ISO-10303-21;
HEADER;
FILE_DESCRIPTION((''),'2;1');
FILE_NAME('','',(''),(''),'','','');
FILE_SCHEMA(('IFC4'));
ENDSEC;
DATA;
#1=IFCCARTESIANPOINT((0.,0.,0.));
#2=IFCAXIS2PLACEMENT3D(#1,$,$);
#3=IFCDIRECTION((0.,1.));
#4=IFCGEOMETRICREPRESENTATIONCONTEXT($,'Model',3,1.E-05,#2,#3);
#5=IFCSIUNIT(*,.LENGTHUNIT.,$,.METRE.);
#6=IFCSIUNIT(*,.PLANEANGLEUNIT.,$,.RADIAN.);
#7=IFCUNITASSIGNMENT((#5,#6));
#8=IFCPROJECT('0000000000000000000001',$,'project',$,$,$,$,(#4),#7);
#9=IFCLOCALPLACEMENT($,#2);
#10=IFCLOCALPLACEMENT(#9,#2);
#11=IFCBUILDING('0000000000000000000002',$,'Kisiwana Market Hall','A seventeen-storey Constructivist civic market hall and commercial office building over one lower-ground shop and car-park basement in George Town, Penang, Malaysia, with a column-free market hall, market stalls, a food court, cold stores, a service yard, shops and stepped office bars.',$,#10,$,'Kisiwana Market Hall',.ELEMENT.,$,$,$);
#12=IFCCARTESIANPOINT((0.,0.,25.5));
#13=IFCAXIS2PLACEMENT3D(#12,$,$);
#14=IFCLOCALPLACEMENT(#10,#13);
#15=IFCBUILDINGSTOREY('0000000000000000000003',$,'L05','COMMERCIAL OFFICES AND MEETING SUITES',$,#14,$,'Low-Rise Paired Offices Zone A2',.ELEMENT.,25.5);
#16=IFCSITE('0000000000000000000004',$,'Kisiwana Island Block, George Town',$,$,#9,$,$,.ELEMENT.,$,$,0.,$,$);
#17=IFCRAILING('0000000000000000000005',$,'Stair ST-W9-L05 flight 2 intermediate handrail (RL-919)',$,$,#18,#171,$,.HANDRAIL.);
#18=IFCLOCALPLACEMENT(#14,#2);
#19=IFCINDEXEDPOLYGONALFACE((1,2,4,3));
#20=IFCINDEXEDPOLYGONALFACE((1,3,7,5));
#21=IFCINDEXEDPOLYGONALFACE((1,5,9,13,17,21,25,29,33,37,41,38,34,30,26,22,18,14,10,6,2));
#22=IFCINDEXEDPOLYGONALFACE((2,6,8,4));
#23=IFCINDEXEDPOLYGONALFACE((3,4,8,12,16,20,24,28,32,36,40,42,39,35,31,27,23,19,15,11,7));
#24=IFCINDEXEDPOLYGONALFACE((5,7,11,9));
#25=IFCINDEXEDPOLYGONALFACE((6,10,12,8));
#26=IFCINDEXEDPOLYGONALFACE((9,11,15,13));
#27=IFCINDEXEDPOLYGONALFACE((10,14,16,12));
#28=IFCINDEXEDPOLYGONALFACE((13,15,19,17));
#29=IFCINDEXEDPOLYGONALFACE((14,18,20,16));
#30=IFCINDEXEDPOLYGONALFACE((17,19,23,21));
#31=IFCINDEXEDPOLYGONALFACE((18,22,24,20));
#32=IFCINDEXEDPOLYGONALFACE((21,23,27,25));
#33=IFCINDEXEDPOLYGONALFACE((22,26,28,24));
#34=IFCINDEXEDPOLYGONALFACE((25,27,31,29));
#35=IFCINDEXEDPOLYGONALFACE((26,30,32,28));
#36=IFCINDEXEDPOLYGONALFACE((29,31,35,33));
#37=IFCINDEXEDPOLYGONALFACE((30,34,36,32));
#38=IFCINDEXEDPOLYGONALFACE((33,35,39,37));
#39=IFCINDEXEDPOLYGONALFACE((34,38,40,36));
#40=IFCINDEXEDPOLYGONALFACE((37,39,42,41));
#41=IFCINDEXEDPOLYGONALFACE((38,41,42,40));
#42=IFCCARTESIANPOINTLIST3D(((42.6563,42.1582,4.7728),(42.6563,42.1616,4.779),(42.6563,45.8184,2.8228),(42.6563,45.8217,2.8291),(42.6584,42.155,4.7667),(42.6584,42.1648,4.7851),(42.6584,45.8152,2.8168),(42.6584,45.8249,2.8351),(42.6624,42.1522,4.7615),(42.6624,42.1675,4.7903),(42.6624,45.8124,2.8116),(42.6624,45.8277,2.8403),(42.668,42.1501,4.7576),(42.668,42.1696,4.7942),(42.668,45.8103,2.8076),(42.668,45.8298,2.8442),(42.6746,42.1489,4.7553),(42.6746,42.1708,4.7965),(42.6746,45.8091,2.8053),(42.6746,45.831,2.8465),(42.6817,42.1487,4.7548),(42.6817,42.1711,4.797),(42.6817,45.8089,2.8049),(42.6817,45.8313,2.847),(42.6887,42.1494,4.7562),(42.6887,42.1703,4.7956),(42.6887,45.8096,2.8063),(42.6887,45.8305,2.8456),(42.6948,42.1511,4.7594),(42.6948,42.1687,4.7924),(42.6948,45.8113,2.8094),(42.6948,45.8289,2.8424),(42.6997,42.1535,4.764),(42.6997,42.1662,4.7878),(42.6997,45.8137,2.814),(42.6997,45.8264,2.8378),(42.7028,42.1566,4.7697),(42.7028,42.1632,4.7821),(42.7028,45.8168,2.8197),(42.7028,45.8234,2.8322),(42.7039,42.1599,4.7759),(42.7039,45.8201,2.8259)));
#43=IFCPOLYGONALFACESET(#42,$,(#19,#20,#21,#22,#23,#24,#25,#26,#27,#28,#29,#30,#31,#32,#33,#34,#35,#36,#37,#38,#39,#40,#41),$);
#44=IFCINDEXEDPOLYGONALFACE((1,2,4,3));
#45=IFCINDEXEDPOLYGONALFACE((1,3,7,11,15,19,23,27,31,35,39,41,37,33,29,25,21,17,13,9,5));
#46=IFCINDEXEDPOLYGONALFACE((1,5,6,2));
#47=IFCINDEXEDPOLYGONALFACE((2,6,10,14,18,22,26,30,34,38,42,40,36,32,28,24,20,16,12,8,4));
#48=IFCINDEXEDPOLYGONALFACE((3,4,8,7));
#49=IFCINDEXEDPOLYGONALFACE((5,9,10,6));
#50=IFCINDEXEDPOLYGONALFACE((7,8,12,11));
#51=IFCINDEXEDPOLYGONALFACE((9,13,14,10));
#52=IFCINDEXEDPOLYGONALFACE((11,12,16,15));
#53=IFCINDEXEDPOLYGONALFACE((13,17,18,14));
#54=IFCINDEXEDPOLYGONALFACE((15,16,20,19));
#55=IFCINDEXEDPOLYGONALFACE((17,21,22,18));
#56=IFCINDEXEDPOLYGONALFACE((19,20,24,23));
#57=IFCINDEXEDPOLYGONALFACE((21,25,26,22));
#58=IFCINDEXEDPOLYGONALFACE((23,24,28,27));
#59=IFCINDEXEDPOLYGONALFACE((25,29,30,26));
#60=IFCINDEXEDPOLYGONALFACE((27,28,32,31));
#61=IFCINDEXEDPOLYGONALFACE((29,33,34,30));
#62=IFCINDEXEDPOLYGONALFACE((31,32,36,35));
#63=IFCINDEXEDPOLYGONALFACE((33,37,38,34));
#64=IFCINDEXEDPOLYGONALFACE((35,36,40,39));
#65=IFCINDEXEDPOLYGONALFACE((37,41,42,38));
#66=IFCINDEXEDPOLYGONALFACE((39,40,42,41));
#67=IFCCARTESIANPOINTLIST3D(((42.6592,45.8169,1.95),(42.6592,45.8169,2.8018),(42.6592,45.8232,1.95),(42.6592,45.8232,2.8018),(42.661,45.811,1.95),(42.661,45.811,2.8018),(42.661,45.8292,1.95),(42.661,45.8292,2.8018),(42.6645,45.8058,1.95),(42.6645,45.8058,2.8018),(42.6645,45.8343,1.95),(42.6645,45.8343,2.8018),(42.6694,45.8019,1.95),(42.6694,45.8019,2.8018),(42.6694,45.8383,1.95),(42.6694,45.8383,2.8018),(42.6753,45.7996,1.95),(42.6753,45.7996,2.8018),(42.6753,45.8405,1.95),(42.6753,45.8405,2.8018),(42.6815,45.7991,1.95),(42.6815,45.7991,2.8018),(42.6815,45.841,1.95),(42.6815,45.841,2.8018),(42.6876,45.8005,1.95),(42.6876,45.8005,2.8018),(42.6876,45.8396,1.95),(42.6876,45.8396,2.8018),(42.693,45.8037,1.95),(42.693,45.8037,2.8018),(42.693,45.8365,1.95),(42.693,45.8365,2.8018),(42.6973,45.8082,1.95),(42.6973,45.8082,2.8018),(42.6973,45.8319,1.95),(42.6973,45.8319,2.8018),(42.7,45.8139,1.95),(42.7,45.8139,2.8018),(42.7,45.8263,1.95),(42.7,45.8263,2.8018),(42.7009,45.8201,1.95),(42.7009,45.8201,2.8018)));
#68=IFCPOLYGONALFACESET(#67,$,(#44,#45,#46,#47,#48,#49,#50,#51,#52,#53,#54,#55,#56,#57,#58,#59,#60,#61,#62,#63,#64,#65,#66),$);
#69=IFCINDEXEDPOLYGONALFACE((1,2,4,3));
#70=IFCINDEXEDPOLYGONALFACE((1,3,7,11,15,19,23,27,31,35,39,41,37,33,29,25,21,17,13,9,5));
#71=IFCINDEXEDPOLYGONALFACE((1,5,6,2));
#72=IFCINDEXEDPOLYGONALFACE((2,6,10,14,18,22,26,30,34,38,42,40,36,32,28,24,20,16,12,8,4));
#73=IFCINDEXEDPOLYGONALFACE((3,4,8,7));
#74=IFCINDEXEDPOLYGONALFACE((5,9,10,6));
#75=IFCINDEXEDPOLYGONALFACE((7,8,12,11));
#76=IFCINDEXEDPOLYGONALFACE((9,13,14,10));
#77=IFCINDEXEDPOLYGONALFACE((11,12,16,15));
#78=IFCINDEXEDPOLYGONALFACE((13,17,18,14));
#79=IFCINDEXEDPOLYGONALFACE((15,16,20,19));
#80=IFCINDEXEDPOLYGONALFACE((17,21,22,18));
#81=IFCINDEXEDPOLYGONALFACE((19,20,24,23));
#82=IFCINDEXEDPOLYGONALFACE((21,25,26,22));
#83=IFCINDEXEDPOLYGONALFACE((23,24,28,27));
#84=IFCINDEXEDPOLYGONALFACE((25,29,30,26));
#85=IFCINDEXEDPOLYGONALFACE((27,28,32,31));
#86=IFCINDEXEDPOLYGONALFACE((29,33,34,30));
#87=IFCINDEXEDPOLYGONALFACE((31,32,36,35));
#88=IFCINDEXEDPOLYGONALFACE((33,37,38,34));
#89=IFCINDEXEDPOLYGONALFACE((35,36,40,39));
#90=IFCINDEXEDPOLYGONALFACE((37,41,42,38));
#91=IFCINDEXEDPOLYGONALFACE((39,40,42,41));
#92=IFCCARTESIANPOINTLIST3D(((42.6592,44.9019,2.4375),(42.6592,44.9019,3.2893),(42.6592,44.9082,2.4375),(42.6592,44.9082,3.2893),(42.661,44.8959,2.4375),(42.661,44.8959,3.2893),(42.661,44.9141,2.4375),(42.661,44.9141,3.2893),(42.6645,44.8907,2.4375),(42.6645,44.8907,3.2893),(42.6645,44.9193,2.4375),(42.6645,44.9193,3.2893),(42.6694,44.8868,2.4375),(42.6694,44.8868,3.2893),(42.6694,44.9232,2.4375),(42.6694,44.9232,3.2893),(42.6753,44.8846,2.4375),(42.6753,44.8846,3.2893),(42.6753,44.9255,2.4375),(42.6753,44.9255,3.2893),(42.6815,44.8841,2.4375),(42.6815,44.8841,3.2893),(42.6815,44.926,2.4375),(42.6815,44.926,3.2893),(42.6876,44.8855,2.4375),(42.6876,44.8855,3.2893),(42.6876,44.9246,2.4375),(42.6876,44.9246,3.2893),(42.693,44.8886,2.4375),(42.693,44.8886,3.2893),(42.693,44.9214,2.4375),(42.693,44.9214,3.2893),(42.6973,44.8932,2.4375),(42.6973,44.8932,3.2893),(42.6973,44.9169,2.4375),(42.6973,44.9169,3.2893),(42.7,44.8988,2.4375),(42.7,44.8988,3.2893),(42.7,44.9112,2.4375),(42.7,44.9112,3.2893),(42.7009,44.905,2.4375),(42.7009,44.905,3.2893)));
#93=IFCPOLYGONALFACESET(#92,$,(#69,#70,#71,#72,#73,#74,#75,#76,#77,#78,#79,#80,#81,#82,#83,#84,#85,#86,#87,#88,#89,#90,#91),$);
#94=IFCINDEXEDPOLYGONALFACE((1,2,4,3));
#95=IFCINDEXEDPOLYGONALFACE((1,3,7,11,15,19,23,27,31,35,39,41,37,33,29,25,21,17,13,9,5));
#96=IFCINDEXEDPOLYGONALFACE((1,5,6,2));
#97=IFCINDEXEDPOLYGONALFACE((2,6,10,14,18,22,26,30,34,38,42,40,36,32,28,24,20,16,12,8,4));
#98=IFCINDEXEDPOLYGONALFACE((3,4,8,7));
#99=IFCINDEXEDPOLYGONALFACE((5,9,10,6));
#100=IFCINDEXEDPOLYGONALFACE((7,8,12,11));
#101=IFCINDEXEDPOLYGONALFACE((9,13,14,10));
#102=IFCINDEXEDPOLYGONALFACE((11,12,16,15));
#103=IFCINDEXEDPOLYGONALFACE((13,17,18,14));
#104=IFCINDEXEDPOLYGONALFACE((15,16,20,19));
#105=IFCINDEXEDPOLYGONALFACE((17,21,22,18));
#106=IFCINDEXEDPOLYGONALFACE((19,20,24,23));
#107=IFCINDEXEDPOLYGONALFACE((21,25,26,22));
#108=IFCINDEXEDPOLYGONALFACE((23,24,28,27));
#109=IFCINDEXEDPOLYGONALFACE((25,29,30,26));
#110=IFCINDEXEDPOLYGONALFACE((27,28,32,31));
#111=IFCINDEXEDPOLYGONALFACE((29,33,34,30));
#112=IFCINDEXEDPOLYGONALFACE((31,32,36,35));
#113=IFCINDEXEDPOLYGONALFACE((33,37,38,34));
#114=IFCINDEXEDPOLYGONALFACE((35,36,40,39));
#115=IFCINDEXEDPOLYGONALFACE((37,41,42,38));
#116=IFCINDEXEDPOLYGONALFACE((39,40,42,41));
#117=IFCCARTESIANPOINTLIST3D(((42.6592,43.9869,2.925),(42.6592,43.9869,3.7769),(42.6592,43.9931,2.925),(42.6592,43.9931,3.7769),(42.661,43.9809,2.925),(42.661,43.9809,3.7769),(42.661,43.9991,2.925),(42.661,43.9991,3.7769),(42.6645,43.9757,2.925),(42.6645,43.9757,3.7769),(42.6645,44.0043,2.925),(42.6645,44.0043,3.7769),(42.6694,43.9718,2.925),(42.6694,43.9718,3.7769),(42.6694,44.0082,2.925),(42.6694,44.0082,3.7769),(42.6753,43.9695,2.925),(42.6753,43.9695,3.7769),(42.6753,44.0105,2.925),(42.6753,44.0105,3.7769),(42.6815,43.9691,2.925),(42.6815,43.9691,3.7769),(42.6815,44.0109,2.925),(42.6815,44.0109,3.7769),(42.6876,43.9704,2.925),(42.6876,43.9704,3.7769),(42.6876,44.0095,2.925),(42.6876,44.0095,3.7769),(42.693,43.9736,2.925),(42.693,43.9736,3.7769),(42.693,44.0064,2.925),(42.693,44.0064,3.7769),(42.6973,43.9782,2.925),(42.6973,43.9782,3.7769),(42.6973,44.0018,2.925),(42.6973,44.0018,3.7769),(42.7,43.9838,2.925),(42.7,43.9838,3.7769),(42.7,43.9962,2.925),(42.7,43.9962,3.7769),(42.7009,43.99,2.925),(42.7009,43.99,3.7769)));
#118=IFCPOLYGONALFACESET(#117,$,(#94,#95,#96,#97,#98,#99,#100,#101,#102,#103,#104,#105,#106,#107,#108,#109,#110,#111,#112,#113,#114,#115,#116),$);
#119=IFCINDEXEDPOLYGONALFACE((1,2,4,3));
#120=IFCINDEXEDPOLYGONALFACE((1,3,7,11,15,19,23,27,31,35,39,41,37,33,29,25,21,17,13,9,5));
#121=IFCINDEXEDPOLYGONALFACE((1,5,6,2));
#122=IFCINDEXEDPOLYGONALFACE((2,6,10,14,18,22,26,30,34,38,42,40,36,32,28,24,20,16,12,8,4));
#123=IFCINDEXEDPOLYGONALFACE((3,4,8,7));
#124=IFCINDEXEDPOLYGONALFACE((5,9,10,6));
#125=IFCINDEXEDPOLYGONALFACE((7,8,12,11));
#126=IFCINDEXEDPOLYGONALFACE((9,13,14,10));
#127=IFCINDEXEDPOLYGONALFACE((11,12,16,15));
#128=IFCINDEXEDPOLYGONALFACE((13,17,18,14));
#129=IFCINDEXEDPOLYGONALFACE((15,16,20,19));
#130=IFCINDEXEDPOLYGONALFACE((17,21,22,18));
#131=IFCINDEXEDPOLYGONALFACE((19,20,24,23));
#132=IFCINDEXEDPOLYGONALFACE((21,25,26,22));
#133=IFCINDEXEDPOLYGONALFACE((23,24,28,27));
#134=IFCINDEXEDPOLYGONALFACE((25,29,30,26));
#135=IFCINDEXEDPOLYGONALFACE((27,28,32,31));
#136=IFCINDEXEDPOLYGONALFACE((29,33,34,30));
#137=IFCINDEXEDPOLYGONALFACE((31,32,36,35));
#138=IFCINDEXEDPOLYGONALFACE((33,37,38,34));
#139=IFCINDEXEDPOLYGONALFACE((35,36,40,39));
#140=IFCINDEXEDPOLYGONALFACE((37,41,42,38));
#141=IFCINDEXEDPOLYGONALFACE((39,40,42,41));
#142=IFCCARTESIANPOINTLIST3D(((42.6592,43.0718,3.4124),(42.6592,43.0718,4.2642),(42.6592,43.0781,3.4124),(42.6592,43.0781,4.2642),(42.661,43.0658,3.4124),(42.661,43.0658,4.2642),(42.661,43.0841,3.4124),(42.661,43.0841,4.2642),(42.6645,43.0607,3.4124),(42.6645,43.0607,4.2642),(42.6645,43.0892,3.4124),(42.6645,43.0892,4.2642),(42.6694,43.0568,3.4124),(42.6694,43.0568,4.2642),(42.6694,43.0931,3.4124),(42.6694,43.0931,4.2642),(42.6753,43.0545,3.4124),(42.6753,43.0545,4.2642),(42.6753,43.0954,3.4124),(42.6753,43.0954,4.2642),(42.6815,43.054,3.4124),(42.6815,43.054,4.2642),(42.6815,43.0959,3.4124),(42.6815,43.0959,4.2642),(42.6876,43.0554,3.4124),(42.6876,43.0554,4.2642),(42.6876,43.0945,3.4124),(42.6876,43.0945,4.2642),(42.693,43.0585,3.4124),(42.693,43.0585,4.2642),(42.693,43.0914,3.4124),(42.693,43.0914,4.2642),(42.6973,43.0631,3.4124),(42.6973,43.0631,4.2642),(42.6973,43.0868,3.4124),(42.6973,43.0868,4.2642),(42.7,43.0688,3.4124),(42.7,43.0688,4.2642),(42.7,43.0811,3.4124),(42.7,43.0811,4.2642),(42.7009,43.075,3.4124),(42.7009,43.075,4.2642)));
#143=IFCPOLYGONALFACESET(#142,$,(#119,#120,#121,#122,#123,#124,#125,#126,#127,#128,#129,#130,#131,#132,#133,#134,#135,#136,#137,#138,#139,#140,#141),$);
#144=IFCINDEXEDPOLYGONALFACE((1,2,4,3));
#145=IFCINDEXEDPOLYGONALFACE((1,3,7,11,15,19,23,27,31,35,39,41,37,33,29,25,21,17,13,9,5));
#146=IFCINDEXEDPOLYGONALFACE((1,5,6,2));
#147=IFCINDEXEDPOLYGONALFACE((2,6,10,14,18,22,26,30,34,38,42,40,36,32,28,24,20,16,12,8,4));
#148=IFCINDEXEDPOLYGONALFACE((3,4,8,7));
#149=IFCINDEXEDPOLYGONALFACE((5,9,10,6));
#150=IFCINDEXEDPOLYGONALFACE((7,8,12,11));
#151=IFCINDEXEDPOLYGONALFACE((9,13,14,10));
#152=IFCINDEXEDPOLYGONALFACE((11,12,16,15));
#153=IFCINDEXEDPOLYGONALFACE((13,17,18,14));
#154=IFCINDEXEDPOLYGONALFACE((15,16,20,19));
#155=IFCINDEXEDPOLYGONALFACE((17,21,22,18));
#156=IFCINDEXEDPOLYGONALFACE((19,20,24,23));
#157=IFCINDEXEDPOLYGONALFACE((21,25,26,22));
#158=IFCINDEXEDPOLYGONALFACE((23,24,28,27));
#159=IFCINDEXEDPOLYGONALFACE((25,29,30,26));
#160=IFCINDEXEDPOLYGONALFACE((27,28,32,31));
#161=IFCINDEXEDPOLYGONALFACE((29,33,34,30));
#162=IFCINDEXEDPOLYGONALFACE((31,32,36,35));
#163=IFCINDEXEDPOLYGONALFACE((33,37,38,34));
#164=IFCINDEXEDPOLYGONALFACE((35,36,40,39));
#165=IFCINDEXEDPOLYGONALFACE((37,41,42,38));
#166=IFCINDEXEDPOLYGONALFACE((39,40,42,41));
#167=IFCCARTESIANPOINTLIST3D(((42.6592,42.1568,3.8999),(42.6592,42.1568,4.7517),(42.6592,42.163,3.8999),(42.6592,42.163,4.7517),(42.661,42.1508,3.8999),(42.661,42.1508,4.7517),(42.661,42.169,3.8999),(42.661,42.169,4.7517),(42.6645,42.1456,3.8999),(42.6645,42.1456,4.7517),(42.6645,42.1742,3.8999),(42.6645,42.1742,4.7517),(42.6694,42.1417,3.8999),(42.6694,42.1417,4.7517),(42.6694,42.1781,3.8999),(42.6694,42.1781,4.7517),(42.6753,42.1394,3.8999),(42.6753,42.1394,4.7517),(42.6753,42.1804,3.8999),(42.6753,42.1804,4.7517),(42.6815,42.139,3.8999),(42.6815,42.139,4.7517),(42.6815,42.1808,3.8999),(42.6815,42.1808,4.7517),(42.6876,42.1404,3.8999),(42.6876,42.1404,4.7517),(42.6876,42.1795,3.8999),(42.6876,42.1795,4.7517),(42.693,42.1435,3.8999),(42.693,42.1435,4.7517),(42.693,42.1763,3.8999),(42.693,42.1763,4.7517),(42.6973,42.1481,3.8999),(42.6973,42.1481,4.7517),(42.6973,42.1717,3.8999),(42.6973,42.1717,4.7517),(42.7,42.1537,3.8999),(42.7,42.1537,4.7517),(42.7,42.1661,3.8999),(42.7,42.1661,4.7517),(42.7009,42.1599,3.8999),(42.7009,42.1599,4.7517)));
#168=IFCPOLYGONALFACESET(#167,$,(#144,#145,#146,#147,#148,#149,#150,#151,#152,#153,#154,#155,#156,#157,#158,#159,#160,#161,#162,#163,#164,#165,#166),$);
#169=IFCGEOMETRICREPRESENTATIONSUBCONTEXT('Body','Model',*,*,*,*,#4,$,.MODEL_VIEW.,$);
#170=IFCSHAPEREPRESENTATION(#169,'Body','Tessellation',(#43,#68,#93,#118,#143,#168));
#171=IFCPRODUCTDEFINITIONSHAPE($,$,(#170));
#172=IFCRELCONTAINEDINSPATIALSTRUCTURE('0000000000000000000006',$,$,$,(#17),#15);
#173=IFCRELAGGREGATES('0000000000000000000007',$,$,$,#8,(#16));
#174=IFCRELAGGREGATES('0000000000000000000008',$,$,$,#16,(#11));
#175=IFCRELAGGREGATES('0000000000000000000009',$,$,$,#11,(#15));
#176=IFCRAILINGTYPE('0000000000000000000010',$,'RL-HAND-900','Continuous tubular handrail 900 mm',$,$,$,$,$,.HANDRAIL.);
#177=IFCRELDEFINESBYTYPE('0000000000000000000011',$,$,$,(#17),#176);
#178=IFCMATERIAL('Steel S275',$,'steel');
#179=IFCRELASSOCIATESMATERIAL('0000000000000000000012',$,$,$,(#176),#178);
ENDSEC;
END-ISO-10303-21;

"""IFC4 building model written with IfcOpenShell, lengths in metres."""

from ifc_helpers import new_model, si_unit, direction, frame, origin, origin_2d, place, context, subcontext, project, spatial, circle, extrude, material, type_object, element, save


model = new_model("IFC4")

# Units and contexts
model_context = context("Model", 3, precision=1e-05, world=origin(), true_north=direction((0.0, 1.0)))
body_context = subcontext(model_context, "Body", "Model", "MODEL_VIEW")
ifc_project = project(units=[si_unit("LENGTHUNIT", "METRE"), si_unit("PLANEANGLEUNIT", "RADIAN")], contexts=[model_context])

# Site, building, storey
site_placement = place(None, origin())
site = spatial("IfcSite", under=ifc_project, at=site_placement, Name="Kisiwana Island Block, George Town", CompositionType="ELEMENT", RefElevation=0.0)
building_placement = place(site_placement, origin())
building = spatial("IfcBuilding", under=site, at=building_placement, Name="Kisiwana Market Hall", Description="A seventeen-storey Constructivist civic market hall and commercial office building over one lower-ground shop and car-park basement in George Town, Penang, Malaysia, with a column-free market hall, market stalls, a food court, cold stores, a service yard, shops and stepped office bars.", LongName="Kisiwana Market Hall", CompositionType="ELEMENT")
storey_placement = place(building_placement, frame((0.0, 0.0, 25.5)))
storey = spatial("IfcBuildingStorey", under=building, at=storey_placement, Name="L05", Description="COMMERCIAL OFFICES AND MEETING SUITES", LongName="Low-Rise Paired Offices Zone A2", CompositionType="ELEMENT", Elevation=25.5)

# Railing
ifc_material_1 = material(Name="Steel S275", Category="steel")
railing_type_1 = type_object("IfcRailingType", Name="RL-HAND-900", Description="Continuous tubular handrail 900 mm", PredefinedType="HANDRAIL", material=ifc_material_1)
railing_1_placement = place(storey_placement, frame((42.6799, 45.8201, 1.95)))
element("IfcRailing", 1, at=railing_1_placement, inside=storey, type_object=railing_type_1, Name="Stair ST-W9-L05 flight 2 intermediate handrail (RL-919)", PredefinedType="HANDRAIL", context=body_context, shape_type="SweptSolid", body=[
    extrude(circle(Radius=0.0239, at=origin_2d()), frame((0.0, 0.0, 0.876), z_axis=(0.0, -0.882566, 0.470188), x_axis=(1.0, 0.0, 0.0)), (0.0, 0.0, 1.0), 4.1472),
    extrude(circle(Radius=0.021, at=origin_2d()), origin(), (0.0, 0.0, 1.0), 0.8518),
    extrude(circle(Radius=0.021, at=origin_2d()), frame((0.0, -0.915, 0.4875)), (0.0, 0.0, 1.0), 0.8518),
    extrude(circle(Radius=0.021, at=origin_2d()), frame((0.0, -1.8301, 0.9751)), (0.0, 0.0, 1.0), 0.8518),
    extrude(circle(Radius=0.021, at=origin_2d()), frame((0.0, -2.7451, 1.4624)), (0.0, 0.0, 1.0), 0.8518),
    extrude(circle(Radius=0.021, at=origin_2d()), frame((0.0, -3.6602, 1.95)), (0.0, 0.0, 1.0), 0.8518),
])

save(model, "model.ifc")
